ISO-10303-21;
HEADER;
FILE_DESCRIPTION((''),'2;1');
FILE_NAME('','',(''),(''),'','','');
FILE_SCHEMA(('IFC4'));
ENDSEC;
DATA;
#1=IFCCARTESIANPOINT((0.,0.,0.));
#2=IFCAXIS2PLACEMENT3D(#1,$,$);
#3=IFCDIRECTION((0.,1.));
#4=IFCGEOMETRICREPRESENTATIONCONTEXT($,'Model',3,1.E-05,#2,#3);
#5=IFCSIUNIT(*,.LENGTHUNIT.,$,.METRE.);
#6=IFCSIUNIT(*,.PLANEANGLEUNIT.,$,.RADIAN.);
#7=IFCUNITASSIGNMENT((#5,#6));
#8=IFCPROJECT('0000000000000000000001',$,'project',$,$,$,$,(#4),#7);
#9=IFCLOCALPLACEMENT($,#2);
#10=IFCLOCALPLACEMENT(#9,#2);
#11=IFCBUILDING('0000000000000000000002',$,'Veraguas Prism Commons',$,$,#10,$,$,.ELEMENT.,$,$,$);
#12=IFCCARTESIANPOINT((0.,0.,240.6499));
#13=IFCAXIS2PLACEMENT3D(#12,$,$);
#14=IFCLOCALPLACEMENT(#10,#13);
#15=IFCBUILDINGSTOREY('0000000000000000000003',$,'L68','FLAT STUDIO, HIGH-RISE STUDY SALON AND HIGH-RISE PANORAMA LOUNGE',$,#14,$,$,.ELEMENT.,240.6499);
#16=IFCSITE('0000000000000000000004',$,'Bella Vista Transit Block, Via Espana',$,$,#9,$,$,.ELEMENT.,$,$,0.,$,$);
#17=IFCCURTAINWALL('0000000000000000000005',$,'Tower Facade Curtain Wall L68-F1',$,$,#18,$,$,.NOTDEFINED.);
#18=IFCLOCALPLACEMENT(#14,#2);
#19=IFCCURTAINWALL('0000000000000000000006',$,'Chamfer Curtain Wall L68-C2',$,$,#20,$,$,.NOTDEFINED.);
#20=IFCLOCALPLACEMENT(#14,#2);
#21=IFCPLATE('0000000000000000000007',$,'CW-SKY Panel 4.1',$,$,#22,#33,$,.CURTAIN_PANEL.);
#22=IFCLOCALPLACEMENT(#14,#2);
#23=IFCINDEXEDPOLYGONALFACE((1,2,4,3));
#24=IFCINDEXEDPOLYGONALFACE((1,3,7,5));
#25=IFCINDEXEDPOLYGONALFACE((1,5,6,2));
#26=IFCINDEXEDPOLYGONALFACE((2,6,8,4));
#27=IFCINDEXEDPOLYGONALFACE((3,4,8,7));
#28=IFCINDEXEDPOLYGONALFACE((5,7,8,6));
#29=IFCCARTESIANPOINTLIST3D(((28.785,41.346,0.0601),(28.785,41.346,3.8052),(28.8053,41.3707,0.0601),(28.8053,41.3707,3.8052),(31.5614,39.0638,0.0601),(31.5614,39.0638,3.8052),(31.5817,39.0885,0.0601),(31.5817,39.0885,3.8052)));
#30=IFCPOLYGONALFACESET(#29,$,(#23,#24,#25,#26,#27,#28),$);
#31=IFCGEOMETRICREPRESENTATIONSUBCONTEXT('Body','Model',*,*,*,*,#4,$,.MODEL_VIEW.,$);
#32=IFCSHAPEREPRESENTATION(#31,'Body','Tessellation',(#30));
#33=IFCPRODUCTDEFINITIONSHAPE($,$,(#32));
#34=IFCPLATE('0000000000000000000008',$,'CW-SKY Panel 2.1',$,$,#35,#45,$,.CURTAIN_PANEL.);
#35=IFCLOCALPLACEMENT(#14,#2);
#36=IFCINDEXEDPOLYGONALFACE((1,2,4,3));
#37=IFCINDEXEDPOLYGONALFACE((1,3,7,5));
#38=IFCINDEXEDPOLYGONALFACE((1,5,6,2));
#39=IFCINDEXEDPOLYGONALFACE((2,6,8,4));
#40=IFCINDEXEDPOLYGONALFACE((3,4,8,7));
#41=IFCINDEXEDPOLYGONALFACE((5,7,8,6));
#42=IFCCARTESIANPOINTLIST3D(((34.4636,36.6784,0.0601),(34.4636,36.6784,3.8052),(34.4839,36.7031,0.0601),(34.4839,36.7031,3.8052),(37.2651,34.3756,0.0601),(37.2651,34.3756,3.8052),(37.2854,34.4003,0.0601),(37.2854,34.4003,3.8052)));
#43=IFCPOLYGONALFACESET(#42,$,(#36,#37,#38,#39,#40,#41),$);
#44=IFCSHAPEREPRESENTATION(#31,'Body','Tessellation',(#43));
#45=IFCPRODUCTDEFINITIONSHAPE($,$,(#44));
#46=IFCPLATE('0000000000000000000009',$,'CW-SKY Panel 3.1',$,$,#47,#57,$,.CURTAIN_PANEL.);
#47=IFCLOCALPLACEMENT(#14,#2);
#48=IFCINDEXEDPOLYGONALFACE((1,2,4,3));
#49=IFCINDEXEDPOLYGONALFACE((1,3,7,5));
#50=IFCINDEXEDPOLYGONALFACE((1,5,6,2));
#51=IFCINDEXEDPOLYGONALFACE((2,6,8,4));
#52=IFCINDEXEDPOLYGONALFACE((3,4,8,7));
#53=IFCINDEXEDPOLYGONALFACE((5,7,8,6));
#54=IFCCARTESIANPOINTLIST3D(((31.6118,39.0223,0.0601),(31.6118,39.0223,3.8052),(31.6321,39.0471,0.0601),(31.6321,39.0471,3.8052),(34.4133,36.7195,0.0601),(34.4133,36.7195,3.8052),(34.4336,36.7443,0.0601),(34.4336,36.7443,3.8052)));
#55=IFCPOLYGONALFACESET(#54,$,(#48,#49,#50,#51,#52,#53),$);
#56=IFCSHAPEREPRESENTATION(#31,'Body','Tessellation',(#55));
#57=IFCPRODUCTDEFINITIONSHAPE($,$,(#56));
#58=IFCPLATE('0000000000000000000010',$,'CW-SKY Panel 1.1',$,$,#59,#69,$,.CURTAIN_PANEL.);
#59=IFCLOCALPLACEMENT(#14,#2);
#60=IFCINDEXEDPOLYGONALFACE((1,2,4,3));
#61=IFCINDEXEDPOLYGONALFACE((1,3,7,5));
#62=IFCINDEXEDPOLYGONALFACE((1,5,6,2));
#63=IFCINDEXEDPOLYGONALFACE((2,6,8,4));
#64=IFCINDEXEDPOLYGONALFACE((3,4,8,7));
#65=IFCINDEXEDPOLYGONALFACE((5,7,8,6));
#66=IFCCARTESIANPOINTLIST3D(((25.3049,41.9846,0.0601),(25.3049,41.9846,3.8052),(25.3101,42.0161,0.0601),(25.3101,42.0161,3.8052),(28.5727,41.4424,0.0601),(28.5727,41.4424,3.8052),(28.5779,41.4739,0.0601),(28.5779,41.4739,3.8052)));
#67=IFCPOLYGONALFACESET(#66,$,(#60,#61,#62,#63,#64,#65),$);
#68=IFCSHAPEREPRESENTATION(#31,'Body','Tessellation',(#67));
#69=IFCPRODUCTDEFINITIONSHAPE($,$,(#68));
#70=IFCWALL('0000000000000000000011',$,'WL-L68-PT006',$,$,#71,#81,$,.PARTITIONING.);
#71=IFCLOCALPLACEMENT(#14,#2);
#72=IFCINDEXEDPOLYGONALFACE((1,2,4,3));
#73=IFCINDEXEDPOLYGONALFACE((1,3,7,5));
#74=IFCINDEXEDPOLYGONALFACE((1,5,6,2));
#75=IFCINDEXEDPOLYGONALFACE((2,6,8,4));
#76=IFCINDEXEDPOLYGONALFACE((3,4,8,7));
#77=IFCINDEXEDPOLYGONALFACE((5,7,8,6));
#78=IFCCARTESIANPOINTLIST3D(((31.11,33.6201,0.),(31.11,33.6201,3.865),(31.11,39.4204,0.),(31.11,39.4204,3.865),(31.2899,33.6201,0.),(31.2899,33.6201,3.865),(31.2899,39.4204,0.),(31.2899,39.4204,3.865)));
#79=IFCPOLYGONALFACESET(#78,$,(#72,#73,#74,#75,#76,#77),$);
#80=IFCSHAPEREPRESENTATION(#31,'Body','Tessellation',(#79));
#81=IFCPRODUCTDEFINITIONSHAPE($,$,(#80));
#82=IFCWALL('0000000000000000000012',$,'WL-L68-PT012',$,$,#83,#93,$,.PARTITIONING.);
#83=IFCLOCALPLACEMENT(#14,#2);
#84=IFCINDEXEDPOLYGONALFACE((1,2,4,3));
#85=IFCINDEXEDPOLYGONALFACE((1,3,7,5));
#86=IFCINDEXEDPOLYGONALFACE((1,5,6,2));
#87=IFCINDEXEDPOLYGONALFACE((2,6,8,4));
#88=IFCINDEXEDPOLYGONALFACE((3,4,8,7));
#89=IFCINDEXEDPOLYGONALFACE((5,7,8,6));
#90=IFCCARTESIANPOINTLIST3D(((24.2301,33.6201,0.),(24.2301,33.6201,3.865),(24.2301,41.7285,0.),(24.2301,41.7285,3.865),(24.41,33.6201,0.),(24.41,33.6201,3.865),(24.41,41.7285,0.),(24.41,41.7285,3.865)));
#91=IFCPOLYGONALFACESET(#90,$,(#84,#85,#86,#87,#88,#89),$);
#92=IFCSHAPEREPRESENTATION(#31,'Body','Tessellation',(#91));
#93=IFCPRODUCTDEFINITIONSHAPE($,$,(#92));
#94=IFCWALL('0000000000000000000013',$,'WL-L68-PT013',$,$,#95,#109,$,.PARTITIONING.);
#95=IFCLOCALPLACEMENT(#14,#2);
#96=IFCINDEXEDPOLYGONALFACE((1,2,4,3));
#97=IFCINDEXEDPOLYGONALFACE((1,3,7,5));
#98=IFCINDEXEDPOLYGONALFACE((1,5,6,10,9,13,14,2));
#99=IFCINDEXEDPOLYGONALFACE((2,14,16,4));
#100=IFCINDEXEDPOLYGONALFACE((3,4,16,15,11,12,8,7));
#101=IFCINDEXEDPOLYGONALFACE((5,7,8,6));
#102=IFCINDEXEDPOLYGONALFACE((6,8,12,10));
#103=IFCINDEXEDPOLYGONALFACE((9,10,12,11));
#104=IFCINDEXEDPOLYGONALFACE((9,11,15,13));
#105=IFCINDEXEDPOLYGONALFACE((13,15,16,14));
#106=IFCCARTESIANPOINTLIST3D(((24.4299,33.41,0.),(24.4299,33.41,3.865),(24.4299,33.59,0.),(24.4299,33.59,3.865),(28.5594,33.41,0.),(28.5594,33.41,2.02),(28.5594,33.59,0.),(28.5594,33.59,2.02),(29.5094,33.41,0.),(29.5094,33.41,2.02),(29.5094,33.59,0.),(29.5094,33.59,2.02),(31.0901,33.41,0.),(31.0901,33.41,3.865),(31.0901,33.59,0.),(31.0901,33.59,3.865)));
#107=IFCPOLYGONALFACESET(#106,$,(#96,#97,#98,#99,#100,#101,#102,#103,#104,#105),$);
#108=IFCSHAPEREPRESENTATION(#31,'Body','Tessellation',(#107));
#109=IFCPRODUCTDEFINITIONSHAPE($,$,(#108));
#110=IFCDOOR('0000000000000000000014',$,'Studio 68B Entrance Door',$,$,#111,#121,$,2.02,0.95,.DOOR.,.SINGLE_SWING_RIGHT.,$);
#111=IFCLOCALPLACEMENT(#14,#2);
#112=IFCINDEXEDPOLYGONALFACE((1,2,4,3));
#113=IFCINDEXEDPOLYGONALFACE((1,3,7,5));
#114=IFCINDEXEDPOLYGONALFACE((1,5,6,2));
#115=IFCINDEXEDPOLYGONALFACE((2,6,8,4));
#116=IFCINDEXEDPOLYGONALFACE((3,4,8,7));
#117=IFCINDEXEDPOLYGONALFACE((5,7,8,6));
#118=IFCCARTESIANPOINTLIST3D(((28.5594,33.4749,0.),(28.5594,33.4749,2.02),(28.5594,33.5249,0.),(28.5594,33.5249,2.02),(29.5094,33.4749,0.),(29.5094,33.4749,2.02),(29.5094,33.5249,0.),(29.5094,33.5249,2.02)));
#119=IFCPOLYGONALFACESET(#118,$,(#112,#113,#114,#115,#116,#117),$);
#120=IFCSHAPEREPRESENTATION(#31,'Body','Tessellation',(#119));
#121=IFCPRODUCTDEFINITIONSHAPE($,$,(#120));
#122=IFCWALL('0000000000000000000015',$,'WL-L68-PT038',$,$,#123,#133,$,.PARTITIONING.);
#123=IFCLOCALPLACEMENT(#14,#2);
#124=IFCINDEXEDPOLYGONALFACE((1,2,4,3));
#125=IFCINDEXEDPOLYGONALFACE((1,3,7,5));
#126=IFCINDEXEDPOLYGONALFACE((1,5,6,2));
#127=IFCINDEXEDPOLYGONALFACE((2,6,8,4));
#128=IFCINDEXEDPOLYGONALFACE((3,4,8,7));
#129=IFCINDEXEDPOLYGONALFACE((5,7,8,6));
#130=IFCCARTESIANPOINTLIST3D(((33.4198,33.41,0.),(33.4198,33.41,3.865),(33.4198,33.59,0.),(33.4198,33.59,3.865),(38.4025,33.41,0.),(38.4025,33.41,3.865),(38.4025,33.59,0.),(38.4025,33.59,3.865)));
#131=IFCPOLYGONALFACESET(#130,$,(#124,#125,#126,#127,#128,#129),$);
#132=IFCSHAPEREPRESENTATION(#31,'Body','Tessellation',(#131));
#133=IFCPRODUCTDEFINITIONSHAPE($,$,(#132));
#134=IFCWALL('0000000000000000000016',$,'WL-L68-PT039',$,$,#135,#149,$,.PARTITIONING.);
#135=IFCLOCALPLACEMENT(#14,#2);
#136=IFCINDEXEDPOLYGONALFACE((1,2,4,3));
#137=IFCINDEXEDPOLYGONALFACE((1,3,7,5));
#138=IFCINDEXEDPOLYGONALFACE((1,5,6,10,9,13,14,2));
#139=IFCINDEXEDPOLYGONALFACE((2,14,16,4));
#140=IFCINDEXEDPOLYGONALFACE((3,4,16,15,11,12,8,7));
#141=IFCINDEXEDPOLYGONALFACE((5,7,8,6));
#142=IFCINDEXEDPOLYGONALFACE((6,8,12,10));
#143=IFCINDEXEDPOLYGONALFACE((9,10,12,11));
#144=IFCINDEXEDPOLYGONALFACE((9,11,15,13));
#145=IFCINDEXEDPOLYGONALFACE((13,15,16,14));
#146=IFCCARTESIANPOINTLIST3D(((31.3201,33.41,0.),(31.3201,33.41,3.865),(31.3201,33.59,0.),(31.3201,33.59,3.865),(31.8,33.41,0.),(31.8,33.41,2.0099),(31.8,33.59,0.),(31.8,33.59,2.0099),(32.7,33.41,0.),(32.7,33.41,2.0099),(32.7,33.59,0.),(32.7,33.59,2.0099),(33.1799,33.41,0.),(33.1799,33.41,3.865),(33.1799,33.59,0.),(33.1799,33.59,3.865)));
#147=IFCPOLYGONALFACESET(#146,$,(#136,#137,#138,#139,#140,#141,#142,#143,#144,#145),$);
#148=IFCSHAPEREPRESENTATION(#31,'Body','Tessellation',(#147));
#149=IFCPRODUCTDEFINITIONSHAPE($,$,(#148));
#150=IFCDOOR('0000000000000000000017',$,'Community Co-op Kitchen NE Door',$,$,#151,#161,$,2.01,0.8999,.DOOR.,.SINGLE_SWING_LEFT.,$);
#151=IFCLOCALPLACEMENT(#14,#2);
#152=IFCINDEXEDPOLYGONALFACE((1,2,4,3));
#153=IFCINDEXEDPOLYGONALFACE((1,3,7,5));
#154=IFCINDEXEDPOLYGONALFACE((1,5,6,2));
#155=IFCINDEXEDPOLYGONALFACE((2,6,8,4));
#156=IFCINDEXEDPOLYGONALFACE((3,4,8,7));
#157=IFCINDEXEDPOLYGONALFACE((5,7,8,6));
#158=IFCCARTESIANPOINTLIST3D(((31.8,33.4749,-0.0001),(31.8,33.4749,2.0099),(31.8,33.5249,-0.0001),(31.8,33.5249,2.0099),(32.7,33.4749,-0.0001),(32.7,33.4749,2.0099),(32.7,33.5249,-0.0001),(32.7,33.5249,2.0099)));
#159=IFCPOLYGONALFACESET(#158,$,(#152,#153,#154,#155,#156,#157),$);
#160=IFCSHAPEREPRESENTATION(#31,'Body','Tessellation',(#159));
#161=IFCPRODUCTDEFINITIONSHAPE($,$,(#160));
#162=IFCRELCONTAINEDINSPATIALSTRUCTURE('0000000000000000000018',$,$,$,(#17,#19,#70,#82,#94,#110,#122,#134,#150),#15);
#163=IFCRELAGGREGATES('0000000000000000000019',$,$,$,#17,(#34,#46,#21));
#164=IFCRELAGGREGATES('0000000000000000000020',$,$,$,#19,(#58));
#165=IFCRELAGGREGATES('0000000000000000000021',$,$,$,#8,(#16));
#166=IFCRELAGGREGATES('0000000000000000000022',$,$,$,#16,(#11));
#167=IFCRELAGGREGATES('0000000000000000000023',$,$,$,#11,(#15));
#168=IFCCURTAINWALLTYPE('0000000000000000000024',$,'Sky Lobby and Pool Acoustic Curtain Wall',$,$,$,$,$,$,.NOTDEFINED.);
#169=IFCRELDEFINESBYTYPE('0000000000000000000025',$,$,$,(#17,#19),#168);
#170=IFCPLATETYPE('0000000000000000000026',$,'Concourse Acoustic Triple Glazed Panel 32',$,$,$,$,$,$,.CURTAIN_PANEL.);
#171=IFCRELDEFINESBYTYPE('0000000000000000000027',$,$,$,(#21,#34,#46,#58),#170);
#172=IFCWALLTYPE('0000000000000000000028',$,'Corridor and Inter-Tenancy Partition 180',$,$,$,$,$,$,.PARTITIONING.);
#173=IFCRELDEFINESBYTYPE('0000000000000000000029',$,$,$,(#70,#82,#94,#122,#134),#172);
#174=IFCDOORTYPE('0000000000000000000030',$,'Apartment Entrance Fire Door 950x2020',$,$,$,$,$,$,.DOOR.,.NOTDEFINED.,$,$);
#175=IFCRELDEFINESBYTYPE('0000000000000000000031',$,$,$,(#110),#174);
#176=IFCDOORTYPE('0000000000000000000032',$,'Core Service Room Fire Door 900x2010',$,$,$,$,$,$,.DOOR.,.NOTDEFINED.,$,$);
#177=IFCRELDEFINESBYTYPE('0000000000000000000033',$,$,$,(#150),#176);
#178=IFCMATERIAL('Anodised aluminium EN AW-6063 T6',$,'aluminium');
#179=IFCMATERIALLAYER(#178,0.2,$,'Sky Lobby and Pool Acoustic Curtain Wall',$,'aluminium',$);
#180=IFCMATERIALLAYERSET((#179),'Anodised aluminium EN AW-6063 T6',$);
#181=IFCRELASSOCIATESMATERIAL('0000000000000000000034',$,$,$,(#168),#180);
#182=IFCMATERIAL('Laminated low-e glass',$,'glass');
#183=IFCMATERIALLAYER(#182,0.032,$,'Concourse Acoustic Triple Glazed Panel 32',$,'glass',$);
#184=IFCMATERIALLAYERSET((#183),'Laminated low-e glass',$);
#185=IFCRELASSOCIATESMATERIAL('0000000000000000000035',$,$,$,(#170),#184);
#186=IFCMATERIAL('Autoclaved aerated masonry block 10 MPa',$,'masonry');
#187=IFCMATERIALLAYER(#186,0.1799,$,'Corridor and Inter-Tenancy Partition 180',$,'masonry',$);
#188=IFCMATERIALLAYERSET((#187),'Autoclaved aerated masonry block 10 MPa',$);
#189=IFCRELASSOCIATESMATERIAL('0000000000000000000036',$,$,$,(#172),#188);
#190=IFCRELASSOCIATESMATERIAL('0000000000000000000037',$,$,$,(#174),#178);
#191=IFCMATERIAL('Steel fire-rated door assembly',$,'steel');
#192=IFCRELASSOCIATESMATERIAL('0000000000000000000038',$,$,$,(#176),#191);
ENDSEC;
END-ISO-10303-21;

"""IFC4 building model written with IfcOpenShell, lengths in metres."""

from ifc_helpers import new_model, si_unit, direction, frame, frame_2d, origin, origin_2d, place, context, subcontext, project, spatial, rectangle, extrude, source, transform, mapped, material, layer, layer_set, type_object, element, fill, aggregate, save


model = new_model("IFC4")

# Units and contexts
model_context = context("Model", 3, precision=1e-05, world=origin(), true_north=direction((0.0, 1.0)))
body_context = subcontext(model_context, "Body", "Model", "MODEL_VIEW")
ifc_project = project(units=[si_unit("LENGTHUNIT", "METRE"), si_unit("PLANEANGLEUNIT", "RADIAN")], contexts=[model_context])

# Site, building, storey
site_placement = place(None, origin())
site = spatial("IfcSite", under=ifc_project, at=site_placement, Name="Bella Vista Transit Block, Via Espana", CompositionType="ELEMENT", RefElevation=0.0)
building_placement = place(site_placement, origin())
building = spatial("IfcBuilding", under=site, at=building_placement, Name="Veraguas Prism Commons", CompositionType="ELEMENT")
storey_placement = place(building_placement, frame((0.0, 0.0, 240.6499)))
storey = spatial("IfcBuildingStorey", under=building, at=storey_placement, Name="L68", Description="FLAT STUDIO, HIGH-RISE STUDY SALON AND HIGH-RISE PANORAMA LOUNGE", CompositionType="ELEMENT", Elevation=240.6499)

# Curtain wall
ifc_material_1 = material(Name="Anodised aluminium EN AW-6063 T6", Category="aluminium")
ifc_layer_1 = layer(ifc_material_1, 0.2, Name="Sky Lobby and Pool Acoustic Curtain Wall", Category="aluminium")
ifc_layer_set_1 = layer_set([ifc_layer_1], Name="Anodised aluminium EN AW-6063 T6")
curtain_wall_type = type_object("IfcCurtainWallType", Name="Sky Lobby and Pool Acoustic Curtain Wall", PredefinedType="NOTDEFINED", material=ifc_layer_set_1)
curtain_wall_1_placement = place(storey_placement, origin())
curtain_wall_1 = element("IfcCurtainWall", 1, at=curtain_wall_1_placement, inside=storey, type_object=curtain_wall_type, Name="Tower Facade Curtain Wall L68-F1", PredefinedType="NOTDEFINED")

# Curtain wall
curtain_wall_2_placement = place(storey_placement, origin())
curtain_wall_2 = element("IfcCurtainWall", 2, at=curtain_wall_2_placement, inside=storey, type_object=curtain_wall_type, Name="Chamfer Curtain Wall L68-C2", PredefinedType="NOTDEFINED")

# Plates
ifc_material_2 = material(Name="Laminated low-e glass", Category="glass")
ifc_layer_2 = layer(ifc_material_2, 0.032, Name="Concourse Acoustic Triple Glazed Panel 32", Category="glass")
ifc_layer_set_2 = layer_set([ifc_layer_2], Name="Laminated low-e glass")
plate_type = type_object("IfcPlateType", Name="Concourse Acoustic Triple Glazed Panel 32", PredefinedType="CURTAIN_PANEL", material=ifc_layer_set_2)
shared_shape_1 = source(origin(), body_context, "Body", "SweptSolid", [
    extrude(rectangle(XDim=3.594, YDim=0.032, at=origin_2d()), origin(), (0.0, 0.0, 1.0), 3.7451),
])
plate_1_placement = place(storey_placement, frame((30.1833, 40.2173, 0.0601), z_axis=(0.0, 0.0, 1.0), x_axis=(-0.772514, 0.634998, 0.0)))
plate_1 = element("IfcPlate", 3, at=plate_1_placement, type_object=plate_type, Name="CW-SKY Panel 4.1", PredefinedType="CURTAIN_PANEL", context=body_context, shape_type="MappedRepresentation", body=[
    mapped(shared_shape_1, transform((0.0, 0.0, 0.0), scale=1.0)),
])
shared_shape_2 = source(origin(), body_context, "Body", "SweptSolid", [
    extrude(rectangle(XDim=3.6265, YDim=0.032, at=origin_2d()), origin(), (0.0, 0.0, 1.0), 3.7451),
])
plate_2_placement = place(storey_placement, frame((35.8745, 35.5393, 0.0601), z_axis=(0.0, 0.0, 1.0), x_axis=(-0.772514, 0.634998, 0.0)))
plate_2 = element("IfcPlate", 4, at=plate_2_placement, type_object=plate_type, Name="CW-SKY Panel 2.1", PredefinedType="CURTAIN_PANEL", context=body_context, shape_type="MappedRepresentation", body=[
    mapped(shared_shape_2, transform((0.0, 0.0, 0.0), scale=1.0)),
])
plate_3_placement = place(storey_placement, frame((33.0227, 37.8833, 0.0601), z_axis=(0.0, 0.0, 1.0), x_axis=(-0.772514, 0.634998, 0.0)))
plate_3 = element("IfcPlate", 5, at=plate_3_placement, type_object=plate_type, Name="CW-SKY Panel 3.1", PredefinedType="CURTAIN_PANEL", context=body_context, shape_type="MappedRepresentation", body=[
    mapped(shared_shape_2, transform((0.0, 0.0, 0.0), scale=1.0)),
])
aggregate(curtain_wall_1, [plate_2, plate_3, plate_1])
shared_shape_3 = source(origin(), body_context, "Body", "SweptSolid", [
    extrude(rectangle(XDim=3.3125, YDim=0.032, at=origin_2d()), origin(), (0.0, 0.0, 1.0), 3.7451),
])
plate_4_placement = place(storey_placement, frame((26.9414, 41.7292, 0.0601), z_axis=(0.0, 0.0, 1.0), x_axis=(-0.986511, 0.163693, 0.0)))
plate_4 = element("IfcPlate", 6, at=plate_4_placement, type_object=plate_type, Name="CW-SKY Panel 1.1", PredefinedType="CURTAIN_PANEL", context=body_context, shape_type="MappedRepresentation", body=[
    mapped(shared_shape_3, transform((0.0, 0.0, 0.0), scale=1.0)),
])
aggregate(curtain_wall_2, [plate_4])

# Walls
ifc_material_3 = material(Name="Autoclaved aerated masonry block 10 MPa", Category="masonry")
ifc_layer_3 = layer(ifc_material_3, 0.1799, Name="Corridor and Inter-Tenancy Partition 180", Category="masonry")
ifc_layer_set_3 = layer_set([ifc_layer_3], Name="Autoclaved aerated masonry block 10 MPa")
wall_type_1 = type_object("IfcWallType", Name="Corridor and Inter-Tenancy Partition 180", PredefinedType="PARTITIONING", material=ifc_layer_set_3)
wall_1_placement = place(storey_placement, frame((31.2, 33.6201, 0.0), z_axis=(0.0, 0.0, 1.0), x_axis=(0.0, 1.0, 0.0)))
element("IfcWall", 7, at=wall_1_placement, inside=storey, type_object=wall_type_1, Name="WL-L68-PT006", PredefinedType="PARTITIONING", context=body_context, shape_type="SweptSolid", body=[
    extrude(rectangle(XDim=5.8003, YDim=0.1799, at=frame_2d((2.9001, 0.0))), origin(), (0.0, 0.0, 1.0), 3.865),
])
wall_2_placement = place(storey_placement, frame((24.3201, 33.6201, 0.0), z_axis=(0.0, 0.0, 1.0), x_axis=(0.0, 1.0, 0.0)))
element("IfcWall", 8, at=wall_2_placement, inside=storey, type_object=wall_type_1, Name="WL-L68-PT012", PredefinedType="PARTITIONING", context=body_context, shape_type="SweptSolid", body=[
    extrude(rectangle(XDim=8.1084, YDim=0.1799, at=frame_2d((4.0542, 0.0))), origin(), (0.0, 0.0, 1.0), 3.865),
])

# Wall, opening, door
wall_3_placement = place(storey_placement, frame((24.4299, 33.5, 0.0), z_axis=(0.0, 0.0, 1.0), x_axis=(1.0, 0.0, 0.0)))
wall_3 = element("IfcWall", 9, at=wall_3_placement, inside=storey, type_object=wall_type_1, Name="WL-L68-PT013", PredefinedType="PARTITIONING", context=body_context, shape_type="SweptSolid", body=[
    extrude(rectangle(XDim=6.6602, YDim=0.1799, at=frame_2d((3.3301, 0.0))), origin(), (0.0, 0.0, 1.0), 3.865),
])
opening_1_placement = place(wall_3_placement, frame((4.1294, 0.0, 0.0)))
opening_1 = element("IfcOpeningElement", 10, at=opening_1_placement, cuts=wall_3, PredefinedType="OPENING", context=body_context, shape_type="SweptSolid", body=[
    extrude(rectangle(XDim=0.95, YDim=2.02, at=frame_2d((0.4751, 1.01))), frame((0.0, 0.0999, 0.0), z_axis=(0.0, -1.0, 0.0), x_axis=(1.0, 0.0, 0.0)), (0.0, 0.0, 1.0), 0.2),
])
door_type_1 = type_object("IfcDoorType", Name="Apartment Entrance Fire Door 950x2020", OperationType="NOTDEFINED", PredefinedType="DOOR", material=ifc_material_1)
shared_shape_4 = source(origin(), body_context, "Body", "SweptSolid", [
    extrude(rectangle(XDim=0.95, YDim=2.02, at=frame_2d((0.4751, 1.01))), frame((0.0, 0.0249, 0.0), z_axis=(0.0, -1.0, 0.0), x_axis=(1.0, 0.0, 0.0)), (0.0, 0.0, 1.0), 0.05),
])
door_1_placement = place(opening_1_placement, origin())
door_1 = element("IfcDoor", 11, at=door_1_placement, inside=storey, type_object=door_type_1, Name="Studio 68B Entrance Door", OperationType="SINGLE_SWING_RIGHT", OverallHeight=2.02, OverallWidth=0.95, PredefinedType="DOOR", context=body_context, shape_type="MappedRepresentation", body=[
    mapped(shared_shape_4, transform((0.0, 0.0, 0.0), scale=1.0)),
])
fill(opening_1, door_1)

# Wall
wall_4_placement = place(storey_placement, frame((33.4199, 33.5, 0.0), z_axis=(0.0, 0.0, 1.0), x_axis=(1.0, 0.0, 0.0)))
element("IfcWall", 12, at=wall_4_placement, inside=storey, type_object=wall_type_1, Name="WL-L68-PT038", PredefinedType="PARTITIONING", context=body_context, shape_type="SweptSolid", body=[
    extrude(rectangle(XDim=4.9827, YDim=0.1799, at=frame_2d((2.4912, 0.0))), origin(), (0.0, 0.0, 1.0), 3.865),
])

# Wall, opening, door
wall_5_placement = place(storey_placement, frame((31.3201, 33.5, 0.0), z_axis=(0.0, 0.0, 1.0), x_axis=(1.0, 0.0, 0.0)))
wall_5 = element("IfcWall", 13, at=wall_5_placement, inside=storey, type_object=wall_type_1, Name="WL-L68-PT039", PredefinedType="PARTITIONING", context=body_context, shape_type="SweptSolid", body=[
    extrude(rectangle(XDim=1.8599, YDim=0.1799, at=frame_2d((0.9299, 0.0))), origin(), (0.0, 0.0, 1.0), 3.865),
])
opening_2_placement = place(wall_5_placement, frame((0.48, 0.0, 0.0)))
opening_2 = element("IfcOpeningElement", 14, at=opening_2_placement, cuts=wall_5, PredefinedType="OPENING", context=body_context, shape_type="SweptSolid", body=[
    extrude(rectangle(XDim=0.8999, YDim=2.01, at=frame_2d((0.45, 1.0049))), frame((0.0, 0.0999, 0.0), z_axis=(0.0, -1.0, 0.0), x_axis=(1.0, 0.0, 0.0)), (0.0, 0.0, 1.0), 0.2),
])
ifc_material_4 = material(Name="Steel fire-rated door assembly", Category="steel")
door_type_2 = type_object("IfcDoorType", Name="Core Service Room Fire Door 900x2010", OperationType="NOTDEFINED", PredefinedType="DOOR", material=ifc_material_4)
shared_shape_5 = source(origin(), body_context, "Body", "SweptSolid", [
    extrude(rectangle(XDim=0.8999, YDim=2.01, at=frame_2d((0.45, 1.0049))), frame((0.0, 0.0249, 0.0), z_axis=(0.0, -1.0, 0.0), x_axis=(1.0, 0.0, 0.0)), (0.0, 0.0, 1.0), 0.05),
])
door_2_placement = place(opening_2_placement, origin())
door_2 = element("IfcDoor", 15, at=door_2_placement, inside=storey, type_object=door_type_2, Name="Community Co-op Kitchen NE Door", OperationType="SINGLE_SWING_LEFT", OverallHeight=2.01, OverallWidth=0.8999, PredefinedType="DOOR", context=body_context, shape_type="MappedRepresentation", body=[
    mapped(shared_shape_5, transform((0.0, 0.0, 0.0), scale=1.0)),
])
fill(opening_2, door_2)

save(model, "model.ifc")
